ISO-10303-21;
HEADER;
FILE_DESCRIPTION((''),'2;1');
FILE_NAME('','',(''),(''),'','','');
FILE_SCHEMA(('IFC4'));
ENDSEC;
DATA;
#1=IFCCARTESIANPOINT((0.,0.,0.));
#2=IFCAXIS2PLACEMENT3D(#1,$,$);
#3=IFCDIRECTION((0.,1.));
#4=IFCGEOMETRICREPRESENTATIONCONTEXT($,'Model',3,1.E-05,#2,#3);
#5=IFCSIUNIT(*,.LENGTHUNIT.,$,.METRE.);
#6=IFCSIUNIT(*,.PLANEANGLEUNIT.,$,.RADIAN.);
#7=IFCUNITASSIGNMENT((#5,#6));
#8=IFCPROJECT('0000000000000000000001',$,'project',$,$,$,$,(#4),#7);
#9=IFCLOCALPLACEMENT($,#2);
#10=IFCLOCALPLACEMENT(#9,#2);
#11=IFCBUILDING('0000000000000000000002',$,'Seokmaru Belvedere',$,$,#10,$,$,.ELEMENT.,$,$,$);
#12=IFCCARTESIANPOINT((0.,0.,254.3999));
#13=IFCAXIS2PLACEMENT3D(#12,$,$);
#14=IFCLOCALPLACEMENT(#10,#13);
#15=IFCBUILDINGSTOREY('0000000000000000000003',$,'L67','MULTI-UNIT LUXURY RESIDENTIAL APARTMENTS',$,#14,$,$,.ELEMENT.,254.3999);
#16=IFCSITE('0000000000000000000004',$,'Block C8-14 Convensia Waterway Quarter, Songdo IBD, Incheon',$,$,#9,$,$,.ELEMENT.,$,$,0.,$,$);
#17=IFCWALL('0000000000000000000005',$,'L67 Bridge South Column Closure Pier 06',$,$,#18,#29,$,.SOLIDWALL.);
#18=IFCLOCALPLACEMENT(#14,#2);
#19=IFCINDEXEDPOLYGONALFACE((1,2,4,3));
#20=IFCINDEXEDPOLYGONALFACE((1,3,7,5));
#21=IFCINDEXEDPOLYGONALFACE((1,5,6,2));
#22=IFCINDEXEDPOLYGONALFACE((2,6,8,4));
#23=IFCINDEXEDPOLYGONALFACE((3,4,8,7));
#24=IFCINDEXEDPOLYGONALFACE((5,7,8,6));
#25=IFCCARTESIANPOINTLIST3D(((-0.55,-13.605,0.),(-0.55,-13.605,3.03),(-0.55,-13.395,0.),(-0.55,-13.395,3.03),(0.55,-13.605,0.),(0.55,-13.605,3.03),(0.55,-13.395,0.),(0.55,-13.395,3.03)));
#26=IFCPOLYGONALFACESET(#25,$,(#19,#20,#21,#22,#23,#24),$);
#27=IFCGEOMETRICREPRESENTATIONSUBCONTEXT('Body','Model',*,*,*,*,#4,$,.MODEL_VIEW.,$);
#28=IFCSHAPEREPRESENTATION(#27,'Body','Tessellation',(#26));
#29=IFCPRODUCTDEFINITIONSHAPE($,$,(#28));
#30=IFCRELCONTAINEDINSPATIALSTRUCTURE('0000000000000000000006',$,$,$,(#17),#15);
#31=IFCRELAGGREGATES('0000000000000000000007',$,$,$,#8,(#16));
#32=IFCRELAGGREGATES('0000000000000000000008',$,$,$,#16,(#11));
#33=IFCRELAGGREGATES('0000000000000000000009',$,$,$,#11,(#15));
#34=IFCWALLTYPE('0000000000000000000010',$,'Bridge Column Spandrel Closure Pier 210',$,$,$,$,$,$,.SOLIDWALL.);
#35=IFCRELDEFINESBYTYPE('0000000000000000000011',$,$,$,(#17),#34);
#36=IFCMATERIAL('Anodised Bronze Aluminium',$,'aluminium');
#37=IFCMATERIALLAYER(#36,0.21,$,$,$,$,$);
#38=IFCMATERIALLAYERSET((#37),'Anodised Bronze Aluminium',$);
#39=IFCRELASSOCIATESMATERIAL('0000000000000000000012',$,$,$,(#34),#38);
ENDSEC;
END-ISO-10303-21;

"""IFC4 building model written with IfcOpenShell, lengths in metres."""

from ifc_helpers import new_model, si_unit, direction, frame, frame_2d, origin, place, context, subcontext, project, spatial, rectangle, extrude, material, layer, layer_set, type_object, element, save


model = new_model("IFC4")

# Units and contexts
model_context = context("Model", 3, precision=1e-05, world=origin(), true_north=direction((0.0, 1.0)))
body_context = subcontext(model_context, "Body", "Model", "MODEL_VIEW")
ifc_project = project(units=[si_unit("LENGTHUNIT", "METRE"), si_unit("PLANEANGLEUNIT", "RADIAN")], contexts=[model_context])

# Site, building, storey
site_placement = place(None, origin())
site = spatial("IfcSite", under=ifc_project, at=site_placement, Name="Block C8-14 Convensia Waterway Quarter, Songdo IBD, Incheon", CompositionType="ELEMENT", RefElevation=0.0)
building_placement = place(site_placement, origin())
building = spatial("IfcBuilding", under=site, at=building_placement, Name="Seokmaru Belvedere", CompositionType="ELEMENT")
storey_placement = place(building_placement, frame((0.0, 0.0, 254.3999)))
storey = spatial("IfcBuildingStorey", under=building, at=storey_placement, Name="L67", Description="MULTI-UNIT LUXURY RESIDENTIAL APARTMENTS", CompositionType="ELEMENT", Elevation=254.3999)

# Shared definitions
ifc_material_1 = material(Name="Anodised Bronze Aluminium", Category="aluminium")

# Wall
ifc_layer_1 = layer(ifc_material_1, 0.21)
ifc_layer_set_1 = layer_set([ifc_layer_1], Name="Anodised Bronze Aluminium")
wall_type_1 = type_object("IfcWallType", Name="Bridge Column Spandrel Closure Pier 210", PredefinedType="SOLIDWALL", material=ifc_layer_set_1)
for number, where, z_axis, x_axis, name in (
    (1, (-0.55, -13.5, 0.0), (0.0, 0.0, 1.0), (1.0, 0.0, 0.0), "L67 Bridge South Column Closure Pier 06"),
):
    element("IfcWall", number, at=place(storey_placement, frame(where, z_axis=z_axis, x_axis=x_axis)), inside=storey, type_object=wall_type_1, Name=name, PredefinedType="SOLIDWALL", context=body_context, shape_type="SweptSolid", body=[
        extrude(rectangle(XDim=1.1001, YDim=0.21, at=frame_2d((0.55, 0.0))), origin(), (0.0, 0.0, 1.0), 3.03),
    ])

save(model, "model.ifc")
